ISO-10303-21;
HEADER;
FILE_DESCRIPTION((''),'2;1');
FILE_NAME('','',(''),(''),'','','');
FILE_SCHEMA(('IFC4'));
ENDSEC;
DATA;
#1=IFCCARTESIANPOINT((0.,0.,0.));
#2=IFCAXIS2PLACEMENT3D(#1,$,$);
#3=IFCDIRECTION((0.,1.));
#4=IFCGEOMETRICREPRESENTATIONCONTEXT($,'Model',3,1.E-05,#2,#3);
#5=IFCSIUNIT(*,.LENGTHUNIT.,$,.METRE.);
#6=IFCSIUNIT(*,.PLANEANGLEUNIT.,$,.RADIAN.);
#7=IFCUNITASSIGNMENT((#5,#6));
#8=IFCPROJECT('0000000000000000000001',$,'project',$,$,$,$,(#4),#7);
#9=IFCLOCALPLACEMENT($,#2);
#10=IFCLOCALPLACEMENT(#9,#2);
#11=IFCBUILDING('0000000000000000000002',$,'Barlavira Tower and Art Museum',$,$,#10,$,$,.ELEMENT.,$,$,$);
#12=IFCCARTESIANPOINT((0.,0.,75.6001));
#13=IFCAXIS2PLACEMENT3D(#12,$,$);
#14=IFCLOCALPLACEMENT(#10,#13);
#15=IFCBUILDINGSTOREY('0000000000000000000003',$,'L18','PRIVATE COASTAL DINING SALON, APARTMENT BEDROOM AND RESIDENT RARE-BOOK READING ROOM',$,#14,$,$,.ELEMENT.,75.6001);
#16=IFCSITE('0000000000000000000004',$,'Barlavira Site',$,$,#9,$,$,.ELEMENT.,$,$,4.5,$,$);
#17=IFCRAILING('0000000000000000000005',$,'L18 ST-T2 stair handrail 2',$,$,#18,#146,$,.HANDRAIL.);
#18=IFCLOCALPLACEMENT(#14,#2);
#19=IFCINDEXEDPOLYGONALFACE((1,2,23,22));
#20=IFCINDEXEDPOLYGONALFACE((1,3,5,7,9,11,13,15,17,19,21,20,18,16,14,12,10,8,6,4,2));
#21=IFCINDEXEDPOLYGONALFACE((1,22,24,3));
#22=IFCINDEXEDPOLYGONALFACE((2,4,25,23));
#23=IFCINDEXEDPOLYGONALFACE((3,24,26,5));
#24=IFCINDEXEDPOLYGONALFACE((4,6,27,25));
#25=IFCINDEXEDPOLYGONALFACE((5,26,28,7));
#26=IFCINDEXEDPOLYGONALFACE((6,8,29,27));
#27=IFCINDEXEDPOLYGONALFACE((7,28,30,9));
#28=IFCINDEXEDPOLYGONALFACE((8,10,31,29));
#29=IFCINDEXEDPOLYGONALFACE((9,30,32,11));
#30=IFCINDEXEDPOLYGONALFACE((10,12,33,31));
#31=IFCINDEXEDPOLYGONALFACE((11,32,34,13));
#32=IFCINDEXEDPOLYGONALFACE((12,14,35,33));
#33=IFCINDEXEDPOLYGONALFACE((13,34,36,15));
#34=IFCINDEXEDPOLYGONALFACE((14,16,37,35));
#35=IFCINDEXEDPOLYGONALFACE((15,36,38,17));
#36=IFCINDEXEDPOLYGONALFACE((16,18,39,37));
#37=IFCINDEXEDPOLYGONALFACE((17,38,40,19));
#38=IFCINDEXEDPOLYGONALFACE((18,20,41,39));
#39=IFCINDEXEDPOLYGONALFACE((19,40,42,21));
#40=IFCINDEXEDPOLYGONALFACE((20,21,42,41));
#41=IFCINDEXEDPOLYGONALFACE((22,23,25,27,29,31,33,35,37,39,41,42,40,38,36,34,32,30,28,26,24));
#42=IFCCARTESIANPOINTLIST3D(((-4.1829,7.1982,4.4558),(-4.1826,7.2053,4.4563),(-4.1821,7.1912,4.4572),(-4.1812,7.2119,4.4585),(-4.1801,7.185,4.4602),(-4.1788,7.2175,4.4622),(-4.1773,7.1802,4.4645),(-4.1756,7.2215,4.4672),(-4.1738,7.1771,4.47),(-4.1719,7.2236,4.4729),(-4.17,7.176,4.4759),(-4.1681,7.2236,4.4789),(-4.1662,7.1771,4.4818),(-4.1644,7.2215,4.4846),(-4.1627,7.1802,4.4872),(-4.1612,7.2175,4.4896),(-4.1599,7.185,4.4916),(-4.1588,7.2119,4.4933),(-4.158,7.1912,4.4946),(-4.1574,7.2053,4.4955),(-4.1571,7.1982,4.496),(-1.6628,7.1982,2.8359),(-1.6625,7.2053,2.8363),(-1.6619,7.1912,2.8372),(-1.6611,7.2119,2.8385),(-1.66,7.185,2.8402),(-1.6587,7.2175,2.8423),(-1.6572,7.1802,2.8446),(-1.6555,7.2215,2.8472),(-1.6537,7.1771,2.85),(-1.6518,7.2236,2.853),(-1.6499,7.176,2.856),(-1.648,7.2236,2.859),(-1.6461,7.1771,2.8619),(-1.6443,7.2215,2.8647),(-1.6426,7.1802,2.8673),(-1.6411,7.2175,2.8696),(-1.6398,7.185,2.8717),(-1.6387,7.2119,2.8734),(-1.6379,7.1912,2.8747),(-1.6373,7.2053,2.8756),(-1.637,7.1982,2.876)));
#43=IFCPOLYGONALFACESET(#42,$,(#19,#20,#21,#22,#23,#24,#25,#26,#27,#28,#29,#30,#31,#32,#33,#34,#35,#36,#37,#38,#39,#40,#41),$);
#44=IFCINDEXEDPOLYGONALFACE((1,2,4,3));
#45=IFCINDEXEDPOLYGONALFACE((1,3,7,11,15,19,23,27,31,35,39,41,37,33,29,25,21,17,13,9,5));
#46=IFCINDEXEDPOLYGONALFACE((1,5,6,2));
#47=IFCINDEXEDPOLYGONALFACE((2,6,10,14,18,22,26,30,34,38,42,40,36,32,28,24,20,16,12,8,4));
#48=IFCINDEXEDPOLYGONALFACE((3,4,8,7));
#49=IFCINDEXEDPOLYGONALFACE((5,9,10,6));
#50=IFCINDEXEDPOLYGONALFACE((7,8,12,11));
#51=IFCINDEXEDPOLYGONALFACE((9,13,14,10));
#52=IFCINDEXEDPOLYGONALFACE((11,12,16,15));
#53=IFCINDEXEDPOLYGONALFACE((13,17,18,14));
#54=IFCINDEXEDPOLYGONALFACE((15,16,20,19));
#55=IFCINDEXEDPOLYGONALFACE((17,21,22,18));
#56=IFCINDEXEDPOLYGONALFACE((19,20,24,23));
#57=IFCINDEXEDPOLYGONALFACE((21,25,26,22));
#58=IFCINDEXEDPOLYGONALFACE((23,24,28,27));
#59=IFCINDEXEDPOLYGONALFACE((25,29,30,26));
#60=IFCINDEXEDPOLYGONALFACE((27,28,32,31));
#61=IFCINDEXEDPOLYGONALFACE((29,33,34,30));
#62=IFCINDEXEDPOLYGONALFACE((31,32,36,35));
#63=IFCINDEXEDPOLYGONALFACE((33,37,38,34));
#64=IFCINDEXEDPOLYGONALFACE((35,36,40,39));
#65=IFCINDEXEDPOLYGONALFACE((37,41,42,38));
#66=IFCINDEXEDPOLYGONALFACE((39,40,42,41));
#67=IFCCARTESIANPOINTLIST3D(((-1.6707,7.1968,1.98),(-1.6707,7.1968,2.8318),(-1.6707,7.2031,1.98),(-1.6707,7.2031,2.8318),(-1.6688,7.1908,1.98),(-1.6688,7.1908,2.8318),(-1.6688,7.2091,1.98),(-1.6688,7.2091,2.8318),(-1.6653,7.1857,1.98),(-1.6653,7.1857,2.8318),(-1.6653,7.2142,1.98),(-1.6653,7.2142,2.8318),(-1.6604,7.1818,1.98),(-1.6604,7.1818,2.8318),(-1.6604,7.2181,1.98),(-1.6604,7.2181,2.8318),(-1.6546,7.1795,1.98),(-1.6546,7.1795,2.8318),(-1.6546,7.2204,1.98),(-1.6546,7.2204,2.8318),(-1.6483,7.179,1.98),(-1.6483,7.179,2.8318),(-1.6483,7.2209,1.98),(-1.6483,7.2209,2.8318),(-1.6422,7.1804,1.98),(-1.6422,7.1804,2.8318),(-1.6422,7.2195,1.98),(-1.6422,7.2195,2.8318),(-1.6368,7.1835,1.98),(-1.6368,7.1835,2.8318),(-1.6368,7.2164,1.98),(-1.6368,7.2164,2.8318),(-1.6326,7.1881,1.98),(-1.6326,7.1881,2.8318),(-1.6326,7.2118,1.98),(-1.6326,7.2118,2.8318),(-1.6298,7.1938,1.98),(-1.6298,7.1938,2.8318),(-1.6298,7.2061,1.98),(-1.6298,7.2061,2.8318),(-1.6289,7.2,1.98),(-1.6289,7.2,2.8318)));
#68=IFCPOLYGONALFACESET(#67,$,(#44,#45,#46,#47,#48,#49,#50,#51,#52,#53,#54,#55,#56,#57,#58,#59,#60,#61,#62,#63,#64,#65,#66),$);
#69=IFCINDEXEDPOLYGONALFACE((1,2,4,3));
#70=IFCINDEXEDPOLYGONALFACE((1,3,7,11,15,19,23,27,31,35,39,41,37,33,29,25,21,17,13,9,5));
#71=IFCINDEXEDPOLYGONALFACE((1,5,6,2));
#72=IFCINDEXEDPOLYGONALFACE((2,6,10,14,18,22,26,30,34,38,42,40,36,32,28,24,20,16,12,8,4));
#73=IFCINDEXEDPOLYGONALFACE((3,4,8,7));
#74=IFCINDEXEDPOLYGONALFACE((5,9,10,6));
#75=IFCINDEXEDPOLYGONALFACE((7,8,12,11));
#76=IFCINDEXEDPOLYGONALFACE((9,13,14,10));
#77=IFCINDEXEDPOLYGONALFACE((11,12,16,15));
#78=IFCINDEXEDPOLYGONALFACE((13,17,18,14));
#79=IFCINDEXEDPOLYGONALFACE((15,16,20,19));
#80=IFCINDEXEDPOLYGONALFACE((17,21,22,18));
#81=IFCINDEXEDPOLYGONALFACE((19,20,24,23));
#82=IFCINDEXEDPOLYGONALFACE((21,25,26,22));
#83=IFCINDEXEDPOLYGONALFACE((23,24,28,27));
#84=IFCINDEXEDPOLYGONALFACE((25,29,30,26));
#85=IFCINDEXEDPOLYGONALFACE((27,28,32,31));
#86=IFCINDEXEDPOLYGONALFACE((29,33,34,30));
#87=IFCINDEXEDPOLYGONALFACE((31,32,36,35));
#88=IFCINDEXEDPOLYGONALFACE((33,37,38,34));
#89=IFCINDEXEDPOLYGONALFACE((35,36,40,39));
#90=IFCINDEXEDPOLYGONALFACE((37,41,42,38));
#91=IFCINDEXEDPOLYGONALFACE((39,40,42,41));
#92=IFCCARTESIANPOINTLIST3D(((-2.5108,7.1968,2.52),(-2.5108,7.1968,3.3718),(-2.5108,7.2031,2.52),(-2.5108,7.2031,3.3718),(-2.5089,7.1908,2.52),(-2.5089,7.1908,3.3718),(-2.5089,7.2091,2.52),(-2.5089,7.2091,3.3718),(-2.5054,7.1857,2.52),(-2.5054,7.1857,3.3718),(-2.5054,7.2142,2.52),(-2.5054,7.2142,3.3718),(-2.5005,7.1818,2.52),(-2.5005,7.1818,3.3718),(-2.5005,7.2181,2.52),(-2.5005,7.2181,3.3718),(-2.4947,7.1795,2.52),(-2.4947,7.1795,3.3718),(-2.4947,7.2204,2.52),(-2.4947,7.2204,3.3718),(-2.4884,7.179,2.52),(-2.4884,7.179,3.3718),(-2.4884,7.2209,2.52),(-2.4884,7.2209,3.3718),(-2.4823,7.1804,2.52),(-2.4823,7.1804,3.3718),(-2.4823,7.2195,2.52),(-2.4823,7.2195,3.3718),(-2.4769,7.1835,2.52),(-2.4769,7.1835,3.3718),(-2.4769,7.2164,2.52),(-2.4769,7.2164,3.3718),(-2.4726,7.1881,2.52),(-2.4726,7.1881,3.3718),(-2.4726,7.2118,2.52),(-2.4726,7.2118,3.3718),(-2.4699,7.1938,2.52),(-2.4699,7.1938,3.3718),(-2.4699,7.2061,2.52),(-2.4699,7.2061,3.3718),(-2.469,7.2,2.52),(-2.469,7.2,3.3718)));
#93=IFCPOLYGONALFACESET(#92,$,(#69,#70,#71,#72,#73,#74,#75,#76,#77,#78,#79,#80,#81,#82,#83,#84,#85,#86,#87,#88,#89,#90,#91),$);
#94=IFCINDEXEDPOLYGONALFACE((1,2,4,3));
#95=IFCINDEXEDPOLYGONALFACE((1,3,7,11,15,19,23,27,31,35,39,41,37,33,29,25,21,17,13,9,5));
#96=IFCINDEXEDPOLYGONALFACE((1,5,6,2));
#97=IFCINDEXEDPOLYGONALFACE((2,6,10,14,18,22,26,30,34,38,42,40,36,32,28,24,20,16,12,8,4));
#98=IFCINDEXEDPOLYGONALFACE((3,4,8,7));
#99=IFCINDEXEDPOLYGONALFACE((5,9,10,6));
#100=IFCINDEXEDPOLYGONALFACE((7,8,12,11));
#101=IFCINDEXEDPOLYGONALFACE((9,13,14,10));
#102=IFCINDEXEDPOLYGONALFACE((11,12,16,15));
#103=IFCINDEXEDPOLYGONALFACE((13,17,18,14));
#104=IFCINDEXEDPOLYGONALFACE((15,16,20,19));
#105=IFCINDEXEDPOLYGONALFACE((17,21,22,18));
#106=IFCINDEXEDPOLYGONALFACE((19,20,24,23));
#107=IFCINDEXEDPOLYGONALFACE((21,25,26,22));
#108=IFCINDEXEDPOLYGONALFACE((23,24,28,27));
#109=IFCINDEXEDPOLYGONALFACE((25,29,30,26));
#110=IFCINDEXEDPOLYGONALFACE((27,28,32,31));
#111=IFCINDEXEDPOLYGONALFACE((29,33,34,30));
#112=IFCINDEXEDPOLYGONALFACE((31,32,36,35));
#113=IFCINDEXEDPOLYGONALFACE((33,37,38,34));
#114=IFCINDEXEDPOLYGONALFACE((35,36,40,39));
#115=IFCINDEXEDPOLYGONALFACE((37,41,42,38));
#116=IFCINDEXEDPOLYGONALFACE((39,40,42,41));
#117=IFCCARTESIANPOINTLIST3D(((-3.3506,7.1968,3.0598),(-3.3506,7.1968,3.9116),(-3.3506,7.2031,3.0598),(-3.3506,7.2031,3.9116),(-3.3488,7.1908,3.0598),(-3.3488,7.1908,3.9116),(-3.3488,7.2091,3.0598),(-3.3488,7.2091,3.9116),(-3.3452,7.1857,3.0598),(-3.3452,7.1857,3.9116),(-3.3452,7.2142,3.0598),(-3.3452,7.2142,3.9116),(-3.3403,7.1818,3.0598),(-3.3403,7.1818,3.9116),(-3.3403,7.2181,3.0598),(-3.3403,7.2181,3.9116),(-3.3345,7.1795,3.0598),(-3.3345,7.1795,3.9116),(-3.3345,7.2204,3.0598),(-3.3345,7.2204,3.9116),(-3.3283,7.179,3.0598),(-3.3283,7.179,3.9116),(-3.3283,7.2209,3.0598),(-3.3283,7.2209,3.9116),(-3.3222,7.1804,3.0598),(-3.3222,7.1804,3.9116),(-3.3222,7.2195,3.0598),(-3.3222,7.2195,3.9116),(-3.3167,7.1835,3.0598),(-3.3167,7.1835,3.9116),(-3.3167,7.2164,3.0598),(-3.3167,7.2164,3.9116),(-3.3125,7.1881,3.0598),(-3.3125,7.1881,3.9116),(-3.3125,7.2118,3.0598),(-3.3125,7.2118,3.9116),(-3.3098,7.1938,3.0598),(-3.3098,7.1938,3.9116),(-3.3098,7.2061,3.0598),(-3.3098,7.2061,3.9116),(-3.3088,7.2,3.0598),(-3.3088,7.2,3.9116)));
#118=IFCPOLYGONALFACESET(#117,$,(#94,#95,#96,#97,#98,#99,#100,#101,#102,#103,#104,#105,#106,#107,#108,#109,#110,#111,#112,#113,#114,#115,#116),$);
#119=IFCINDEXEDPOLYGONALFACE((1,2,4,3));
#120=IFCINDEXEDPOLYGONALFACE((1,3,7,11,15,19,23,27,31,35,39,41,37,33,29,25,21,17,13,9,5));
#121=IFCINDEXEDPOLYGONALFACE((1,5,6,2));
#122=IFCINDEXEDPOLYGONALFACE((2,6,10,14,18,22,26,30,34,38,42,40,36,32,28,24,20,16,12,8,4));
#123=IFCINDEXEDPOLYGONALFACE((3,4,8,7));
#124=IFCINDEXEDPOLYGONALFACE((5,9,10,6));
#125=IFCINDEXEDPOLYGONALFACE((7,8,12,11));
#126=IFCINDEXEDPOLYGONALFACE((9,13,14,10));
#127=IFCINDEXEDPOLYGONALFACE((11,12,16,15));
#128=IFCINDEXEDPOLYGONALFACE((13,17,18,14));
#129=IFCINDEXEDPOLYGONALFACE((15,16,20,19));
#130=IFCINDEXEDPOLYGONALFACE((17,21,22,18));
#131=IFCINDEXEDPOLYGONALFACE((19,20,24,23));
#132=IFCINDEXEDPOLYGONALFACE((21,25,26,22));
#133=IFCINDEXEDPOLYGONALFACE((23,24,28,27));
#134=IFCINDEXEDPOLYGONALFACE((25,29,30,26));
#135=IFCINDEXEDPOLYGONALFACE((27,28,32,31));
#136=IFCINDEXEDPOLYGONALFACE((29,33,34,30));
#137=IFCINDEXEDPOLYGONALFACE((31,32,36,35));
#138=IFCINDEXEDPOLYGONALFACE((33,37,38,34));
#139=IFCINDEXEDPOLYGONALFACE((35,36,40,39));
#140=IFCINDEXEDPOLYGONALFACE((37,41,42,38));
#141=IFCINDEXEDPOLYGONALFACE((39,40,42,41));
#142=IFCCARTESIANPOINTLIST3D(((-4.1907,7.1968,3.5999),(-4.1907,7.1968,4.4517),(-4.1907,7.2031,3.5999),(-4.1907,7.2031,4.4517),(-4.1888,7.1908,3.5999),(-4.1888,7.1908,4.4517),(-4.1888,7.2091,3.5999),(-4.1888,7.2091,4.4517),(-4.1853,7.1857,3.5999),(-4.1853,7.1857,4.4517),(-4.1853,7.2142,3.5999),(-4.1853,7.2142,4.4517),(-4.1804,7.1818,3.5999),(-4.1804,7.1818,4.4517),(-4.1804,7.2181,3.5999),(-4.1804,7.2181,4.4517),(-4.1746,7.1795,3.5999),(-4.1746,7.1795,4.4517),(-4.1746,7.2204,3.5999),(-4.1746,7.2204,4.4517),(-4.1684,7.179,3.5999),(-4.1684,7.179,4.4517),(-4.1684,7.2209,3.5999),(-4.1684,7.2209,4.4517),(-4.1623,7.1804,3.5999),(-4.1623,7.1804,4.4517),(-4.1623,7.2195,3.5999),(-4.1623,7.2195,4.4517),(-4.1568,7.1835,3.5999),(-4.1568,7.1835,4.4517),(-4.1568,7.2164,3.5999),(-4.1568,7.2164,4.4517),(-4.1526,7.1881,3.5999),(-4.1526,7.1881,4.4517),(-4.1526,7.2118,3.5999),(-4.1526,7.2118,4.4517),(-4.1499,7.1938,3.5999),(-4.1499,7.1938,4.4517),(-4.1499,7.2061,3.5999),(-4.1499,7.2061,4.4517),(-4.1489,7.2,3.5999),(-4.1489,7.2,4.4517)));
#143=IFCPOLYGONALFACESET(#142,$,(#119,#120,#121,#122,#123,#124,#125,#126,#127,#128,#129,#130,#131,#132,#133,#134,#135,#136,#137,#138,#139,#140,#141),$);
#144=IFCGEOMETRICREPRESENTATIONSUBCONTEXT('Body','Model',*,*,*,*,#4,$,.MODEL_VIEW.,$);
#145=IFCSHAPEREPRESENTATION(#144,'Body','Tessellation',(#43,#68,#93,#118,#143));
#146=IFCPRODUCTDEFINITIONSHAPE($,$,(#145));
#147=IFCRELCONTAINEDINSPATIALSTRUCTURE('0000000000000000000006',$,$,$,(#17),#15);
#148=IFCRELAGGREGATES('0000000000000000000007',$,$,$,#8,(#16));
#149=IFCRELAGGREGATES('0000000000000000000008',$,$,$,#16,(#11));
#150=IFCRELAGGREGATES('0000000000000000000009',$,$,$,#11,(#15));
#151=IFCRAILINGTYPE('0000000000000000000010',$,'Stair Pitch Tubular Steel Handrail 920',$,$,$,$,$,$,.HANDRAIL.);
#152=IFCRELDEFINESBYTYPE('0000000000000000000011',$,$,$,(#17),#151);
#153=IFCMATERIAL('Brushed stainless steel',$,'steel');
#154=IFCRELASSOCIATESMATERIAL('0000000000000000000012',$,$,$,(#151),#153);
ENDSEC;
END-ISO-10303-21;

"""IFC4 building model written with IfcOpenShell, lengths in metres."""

from ifc_helpers import new_model, si_unit, direction, frame, origin, origin_2d, place, context, subcontext, project, spatial, circle, extrude, material, type_object, element, save


model = new_model("IFC4")

# Units and contexts
model_context = context("Model", 3, precision=1e-05, world=origin(), true_north=direction((0.0, 1.0)))
body_context = subcontext(model_context, "Body", "Model", "MODEL_VIEW")
ifc_project = project(units=[si_unit("LENGTHUNIT", "METRE"), si_unit("PLANEANGLEUNIT", "RADIAN")], contexts=[model_context])

# Site, building, storey
site_placement = place(None, origin())
site = spatial("IfcSite", under=ifc_project, at=site_placement, Name="Barlavira Site", CompositionType="ELEMENT", RefElevation=4.5)
building_placement = place(site_placement, origin())
building = spatial("IfcBuilding", under=site, at=building_placement, Name="Barlavira Tower and Art Museum", CompositionType="ELEMENT")
storey_placement = place(building_placement, frame((0.0, 0.0, 75.6001)))
storey = spatial("IfcBuildingStorey", under=building, at=storey_placement, Name="L18", Description="PRIVATE COASTAL DINING SALON, APARTMENT BEDROOM AND RESIDENT RARE-BOOK READING ROOM", CompositionType="ELEMENT", Elevation=75.6001)

# Shared definitions
ifc_material_1 = material(Name="Brushed stainless steel", Category="steel")

# Railing
railing_type_1 = type_object("IfcRailingType", Name="Stair Pitch Tubular Steel Handrail 920", PredefinedType="HANDRAIL", material=ifc_material_1)
railing_1_placement = place(storey_placement, frame((-1.6499, 7.2, 1.98)))
element("IfcRailing", 1, at=railing_1_placement, inside=storey, type_object=railing_type_1, Name="L18 ST-T2 stair handrail 2", PredefinedType="HANDRAIL", context=body_context, shape_type="SweptSolid", body=[
    extrude(circle(Radius=0.0239, at=origin_2d()), frame((0.0, 0.0, 0.876), z_axis=(-0.8412, 0.0, 0.540725), x_axis=(0.0, -1.0, 0.0)), (0.0, 0.0, 1.0), 2.9958),
    extrude(circle(Radius=0.021, at=origin_2d()), origin(), (0.0, 0.0, 1.0), 0.8518),
    extrude(circle(Radius=0.021, at=origin_2d()), frame((-0.8401, 0.0, 0.54)), (0.0, 0.0, 1.0), 0.8518),
    extrude(circle(Radius=0.021, at=origin_2d()), frame((-1.6799, 0.0, 1.0798)), (0.0, 0.0, 1.0), 0.8518),
    extrude(circle(Radius=0.021, at=origin_2d()), frame((-2.52, 0.0, 1.6199)), (0.0, 0.0, 1.0), 0.8518),
])

save(model, "model.ifc")
